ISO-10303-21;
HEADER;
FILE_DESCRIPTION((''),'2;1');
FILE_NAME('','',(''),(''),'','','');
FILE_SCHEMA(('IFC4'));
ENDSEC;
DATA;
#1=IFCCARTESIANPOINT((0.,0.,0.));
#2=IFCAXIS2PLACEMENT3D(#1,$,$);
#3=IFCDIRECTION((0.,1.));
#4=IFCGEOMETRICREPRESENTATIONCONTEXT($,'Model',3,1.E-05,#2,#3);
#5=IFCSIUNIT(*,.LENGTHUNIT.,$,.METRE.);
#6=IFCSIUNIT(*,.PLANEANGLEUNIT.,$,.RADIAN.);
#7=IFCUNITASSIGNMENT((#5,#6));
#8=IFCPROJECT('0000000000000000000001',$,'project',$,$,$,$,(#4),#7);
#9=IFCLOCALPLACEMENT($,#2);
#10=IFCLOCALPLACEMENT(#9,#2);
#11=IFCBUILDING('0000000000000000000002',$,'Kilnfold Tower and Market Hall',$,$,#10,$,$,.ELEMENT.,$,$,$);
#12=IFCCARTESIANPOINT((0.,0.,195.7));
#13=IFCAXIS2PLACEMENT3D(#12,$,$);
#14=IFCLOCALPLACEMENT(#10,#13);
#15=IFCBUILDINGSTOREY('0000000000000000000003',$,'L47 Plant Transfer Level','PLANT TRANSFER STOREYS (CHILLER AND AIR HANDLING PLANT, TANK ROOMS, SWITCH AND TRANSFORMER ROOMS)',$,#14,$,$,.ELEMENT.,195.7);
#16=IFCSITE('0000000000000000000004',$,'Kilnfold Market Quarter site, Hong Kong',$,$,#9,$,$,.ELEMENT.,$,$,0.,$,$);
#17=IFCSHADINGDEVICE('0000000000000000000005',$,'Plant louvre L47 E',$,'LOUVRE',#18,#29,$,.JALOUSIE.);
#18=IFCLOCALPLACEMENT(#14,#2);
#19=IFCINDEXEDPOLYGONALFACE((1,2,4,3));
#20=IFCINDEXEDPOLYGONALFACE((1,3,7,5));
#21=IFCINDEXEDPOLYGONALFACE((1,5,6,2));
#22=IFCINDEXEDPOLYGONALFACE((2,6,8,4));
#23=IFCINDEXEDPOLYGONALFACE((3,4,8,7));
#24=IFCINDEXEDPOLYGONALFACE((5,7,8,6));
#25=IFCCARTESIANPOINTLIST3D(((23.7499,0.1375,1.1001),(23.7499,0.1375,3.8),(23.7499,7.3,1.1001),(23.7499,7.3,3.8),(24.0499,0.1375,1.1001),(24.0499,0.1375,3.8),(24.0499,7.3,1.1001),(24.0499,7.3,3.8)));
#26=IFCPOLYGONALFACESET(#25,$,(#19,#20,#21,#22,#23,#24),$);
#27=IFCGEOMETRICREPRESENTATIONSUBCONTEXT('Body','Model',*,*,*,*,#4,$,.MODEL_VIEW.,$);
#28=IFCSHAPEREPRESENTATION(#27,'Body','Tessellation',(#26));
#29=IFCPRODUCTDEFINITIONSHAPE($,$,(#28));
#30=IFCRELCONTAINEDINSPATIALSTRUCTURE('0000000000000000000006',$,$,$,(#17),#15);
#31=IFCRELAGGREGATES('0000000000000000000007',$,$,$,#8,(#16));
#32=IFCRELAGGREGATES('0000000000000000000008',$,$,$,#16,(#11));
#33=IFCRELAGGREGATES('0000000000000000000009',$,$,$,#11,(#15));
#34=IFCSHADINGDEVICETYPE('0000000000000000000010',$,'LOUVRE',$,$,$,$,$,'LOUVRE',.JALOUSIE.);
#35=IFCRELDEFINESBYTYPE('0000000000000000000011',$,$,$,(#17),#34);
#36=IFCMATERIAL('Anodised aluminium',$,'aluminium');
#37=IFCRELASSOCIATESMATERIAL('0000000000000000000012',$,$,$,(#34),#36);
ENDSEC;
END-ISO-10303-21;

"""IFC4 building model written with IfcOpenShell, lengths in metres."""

from ifc_helpers import new_model, si_unit, direction, frame, origin, origin_2d, place, context, subcontext, project, spatial, rectangle, extrude, source, transform, mapped, material, type_object, element, save


model = new_model("IFC4")

# Units and contexts
model_context = context("Model", 3, precision=1e-05, world=origin(), true_north=direction((0.0, 1.0)))
body_context = subcontext(model_context, "Body", "Model", "MODEL_VIEW")
ifc_project = project(units=[si_unit("LENGTHUNIT", "METRE"), si_unit("PLANEANGLEUNIT", "RADIAN")], contexts=[model_context])

# Site, building, storey
site_placement = place(None, origin())
site = spatial("IfcSite", under=ifc_project, at=site_placement, Name="Kilnfold Market Quarter site, Hong Kong", CompositionType="ELEMENT", RefElevation=0.0)
building_placement = place(site_placement, origin())
building = spatial("IfcBuilding", under=site, at=building_placement, Name="Kilnfold Tower and Market Hall", CompositionType="ELEMENT")
storey_placement = place(building_placement, frame((0.0, 0.0, 195.7)))
storey = spatial("IfcBuildingStorey", under=building, at=storey_placement, Name="L47 Plant Transfer Level", Description="PLANT TRANSFER STOREYS (CHILLER AND AIR HANDLING PLANT, TANK ROOMS, SWITCH AND TRANSFORMER ROOMS)", CompositionType="ELEMENT", Elevation=195.7)

# Shading device
ifc_material_1 = material(Name="Anodised aluminium", Category="aluminium")
shading_device_type = type_object("IfcShadingDeviceType", Name="LOUVRE", ElementType="LOUVRE", PredefinedType="JALOUSIE", material=ifc_material_1)
shared_shape_1 = source(origin(), body_context, "Body", "SweptSolid", [
    extrude(rectangle(XDim=7.1626, YDim=0.3, at=origin_2d()), origin(), (0.0, 0.0, 1.0), 2.7),
])
for number, where, z_axis, x_axis, name in (
    (1, (23.8999, 3.7188, 1.1001), (0.0, 0.0, 1.0), (0.0, 1.0, 0.0), "Plant louvre L47 E"),
):
    element("IfcShadingDevice", number, at=place(storey_placement, frame(where, z_axis=z_axis, x_axis=x_axis)), inside=storey, type_object=shading_device_type, Name=name, ObjectType="LOUVRE", PredefinedType="JALOUSIE", context=body_context, shape_type="MappedRepresentation", body=[
        mapped(shared_shape_1, transform((0.0, 0.0, 0.0))),
    ])

save(model, "model.ifc")
